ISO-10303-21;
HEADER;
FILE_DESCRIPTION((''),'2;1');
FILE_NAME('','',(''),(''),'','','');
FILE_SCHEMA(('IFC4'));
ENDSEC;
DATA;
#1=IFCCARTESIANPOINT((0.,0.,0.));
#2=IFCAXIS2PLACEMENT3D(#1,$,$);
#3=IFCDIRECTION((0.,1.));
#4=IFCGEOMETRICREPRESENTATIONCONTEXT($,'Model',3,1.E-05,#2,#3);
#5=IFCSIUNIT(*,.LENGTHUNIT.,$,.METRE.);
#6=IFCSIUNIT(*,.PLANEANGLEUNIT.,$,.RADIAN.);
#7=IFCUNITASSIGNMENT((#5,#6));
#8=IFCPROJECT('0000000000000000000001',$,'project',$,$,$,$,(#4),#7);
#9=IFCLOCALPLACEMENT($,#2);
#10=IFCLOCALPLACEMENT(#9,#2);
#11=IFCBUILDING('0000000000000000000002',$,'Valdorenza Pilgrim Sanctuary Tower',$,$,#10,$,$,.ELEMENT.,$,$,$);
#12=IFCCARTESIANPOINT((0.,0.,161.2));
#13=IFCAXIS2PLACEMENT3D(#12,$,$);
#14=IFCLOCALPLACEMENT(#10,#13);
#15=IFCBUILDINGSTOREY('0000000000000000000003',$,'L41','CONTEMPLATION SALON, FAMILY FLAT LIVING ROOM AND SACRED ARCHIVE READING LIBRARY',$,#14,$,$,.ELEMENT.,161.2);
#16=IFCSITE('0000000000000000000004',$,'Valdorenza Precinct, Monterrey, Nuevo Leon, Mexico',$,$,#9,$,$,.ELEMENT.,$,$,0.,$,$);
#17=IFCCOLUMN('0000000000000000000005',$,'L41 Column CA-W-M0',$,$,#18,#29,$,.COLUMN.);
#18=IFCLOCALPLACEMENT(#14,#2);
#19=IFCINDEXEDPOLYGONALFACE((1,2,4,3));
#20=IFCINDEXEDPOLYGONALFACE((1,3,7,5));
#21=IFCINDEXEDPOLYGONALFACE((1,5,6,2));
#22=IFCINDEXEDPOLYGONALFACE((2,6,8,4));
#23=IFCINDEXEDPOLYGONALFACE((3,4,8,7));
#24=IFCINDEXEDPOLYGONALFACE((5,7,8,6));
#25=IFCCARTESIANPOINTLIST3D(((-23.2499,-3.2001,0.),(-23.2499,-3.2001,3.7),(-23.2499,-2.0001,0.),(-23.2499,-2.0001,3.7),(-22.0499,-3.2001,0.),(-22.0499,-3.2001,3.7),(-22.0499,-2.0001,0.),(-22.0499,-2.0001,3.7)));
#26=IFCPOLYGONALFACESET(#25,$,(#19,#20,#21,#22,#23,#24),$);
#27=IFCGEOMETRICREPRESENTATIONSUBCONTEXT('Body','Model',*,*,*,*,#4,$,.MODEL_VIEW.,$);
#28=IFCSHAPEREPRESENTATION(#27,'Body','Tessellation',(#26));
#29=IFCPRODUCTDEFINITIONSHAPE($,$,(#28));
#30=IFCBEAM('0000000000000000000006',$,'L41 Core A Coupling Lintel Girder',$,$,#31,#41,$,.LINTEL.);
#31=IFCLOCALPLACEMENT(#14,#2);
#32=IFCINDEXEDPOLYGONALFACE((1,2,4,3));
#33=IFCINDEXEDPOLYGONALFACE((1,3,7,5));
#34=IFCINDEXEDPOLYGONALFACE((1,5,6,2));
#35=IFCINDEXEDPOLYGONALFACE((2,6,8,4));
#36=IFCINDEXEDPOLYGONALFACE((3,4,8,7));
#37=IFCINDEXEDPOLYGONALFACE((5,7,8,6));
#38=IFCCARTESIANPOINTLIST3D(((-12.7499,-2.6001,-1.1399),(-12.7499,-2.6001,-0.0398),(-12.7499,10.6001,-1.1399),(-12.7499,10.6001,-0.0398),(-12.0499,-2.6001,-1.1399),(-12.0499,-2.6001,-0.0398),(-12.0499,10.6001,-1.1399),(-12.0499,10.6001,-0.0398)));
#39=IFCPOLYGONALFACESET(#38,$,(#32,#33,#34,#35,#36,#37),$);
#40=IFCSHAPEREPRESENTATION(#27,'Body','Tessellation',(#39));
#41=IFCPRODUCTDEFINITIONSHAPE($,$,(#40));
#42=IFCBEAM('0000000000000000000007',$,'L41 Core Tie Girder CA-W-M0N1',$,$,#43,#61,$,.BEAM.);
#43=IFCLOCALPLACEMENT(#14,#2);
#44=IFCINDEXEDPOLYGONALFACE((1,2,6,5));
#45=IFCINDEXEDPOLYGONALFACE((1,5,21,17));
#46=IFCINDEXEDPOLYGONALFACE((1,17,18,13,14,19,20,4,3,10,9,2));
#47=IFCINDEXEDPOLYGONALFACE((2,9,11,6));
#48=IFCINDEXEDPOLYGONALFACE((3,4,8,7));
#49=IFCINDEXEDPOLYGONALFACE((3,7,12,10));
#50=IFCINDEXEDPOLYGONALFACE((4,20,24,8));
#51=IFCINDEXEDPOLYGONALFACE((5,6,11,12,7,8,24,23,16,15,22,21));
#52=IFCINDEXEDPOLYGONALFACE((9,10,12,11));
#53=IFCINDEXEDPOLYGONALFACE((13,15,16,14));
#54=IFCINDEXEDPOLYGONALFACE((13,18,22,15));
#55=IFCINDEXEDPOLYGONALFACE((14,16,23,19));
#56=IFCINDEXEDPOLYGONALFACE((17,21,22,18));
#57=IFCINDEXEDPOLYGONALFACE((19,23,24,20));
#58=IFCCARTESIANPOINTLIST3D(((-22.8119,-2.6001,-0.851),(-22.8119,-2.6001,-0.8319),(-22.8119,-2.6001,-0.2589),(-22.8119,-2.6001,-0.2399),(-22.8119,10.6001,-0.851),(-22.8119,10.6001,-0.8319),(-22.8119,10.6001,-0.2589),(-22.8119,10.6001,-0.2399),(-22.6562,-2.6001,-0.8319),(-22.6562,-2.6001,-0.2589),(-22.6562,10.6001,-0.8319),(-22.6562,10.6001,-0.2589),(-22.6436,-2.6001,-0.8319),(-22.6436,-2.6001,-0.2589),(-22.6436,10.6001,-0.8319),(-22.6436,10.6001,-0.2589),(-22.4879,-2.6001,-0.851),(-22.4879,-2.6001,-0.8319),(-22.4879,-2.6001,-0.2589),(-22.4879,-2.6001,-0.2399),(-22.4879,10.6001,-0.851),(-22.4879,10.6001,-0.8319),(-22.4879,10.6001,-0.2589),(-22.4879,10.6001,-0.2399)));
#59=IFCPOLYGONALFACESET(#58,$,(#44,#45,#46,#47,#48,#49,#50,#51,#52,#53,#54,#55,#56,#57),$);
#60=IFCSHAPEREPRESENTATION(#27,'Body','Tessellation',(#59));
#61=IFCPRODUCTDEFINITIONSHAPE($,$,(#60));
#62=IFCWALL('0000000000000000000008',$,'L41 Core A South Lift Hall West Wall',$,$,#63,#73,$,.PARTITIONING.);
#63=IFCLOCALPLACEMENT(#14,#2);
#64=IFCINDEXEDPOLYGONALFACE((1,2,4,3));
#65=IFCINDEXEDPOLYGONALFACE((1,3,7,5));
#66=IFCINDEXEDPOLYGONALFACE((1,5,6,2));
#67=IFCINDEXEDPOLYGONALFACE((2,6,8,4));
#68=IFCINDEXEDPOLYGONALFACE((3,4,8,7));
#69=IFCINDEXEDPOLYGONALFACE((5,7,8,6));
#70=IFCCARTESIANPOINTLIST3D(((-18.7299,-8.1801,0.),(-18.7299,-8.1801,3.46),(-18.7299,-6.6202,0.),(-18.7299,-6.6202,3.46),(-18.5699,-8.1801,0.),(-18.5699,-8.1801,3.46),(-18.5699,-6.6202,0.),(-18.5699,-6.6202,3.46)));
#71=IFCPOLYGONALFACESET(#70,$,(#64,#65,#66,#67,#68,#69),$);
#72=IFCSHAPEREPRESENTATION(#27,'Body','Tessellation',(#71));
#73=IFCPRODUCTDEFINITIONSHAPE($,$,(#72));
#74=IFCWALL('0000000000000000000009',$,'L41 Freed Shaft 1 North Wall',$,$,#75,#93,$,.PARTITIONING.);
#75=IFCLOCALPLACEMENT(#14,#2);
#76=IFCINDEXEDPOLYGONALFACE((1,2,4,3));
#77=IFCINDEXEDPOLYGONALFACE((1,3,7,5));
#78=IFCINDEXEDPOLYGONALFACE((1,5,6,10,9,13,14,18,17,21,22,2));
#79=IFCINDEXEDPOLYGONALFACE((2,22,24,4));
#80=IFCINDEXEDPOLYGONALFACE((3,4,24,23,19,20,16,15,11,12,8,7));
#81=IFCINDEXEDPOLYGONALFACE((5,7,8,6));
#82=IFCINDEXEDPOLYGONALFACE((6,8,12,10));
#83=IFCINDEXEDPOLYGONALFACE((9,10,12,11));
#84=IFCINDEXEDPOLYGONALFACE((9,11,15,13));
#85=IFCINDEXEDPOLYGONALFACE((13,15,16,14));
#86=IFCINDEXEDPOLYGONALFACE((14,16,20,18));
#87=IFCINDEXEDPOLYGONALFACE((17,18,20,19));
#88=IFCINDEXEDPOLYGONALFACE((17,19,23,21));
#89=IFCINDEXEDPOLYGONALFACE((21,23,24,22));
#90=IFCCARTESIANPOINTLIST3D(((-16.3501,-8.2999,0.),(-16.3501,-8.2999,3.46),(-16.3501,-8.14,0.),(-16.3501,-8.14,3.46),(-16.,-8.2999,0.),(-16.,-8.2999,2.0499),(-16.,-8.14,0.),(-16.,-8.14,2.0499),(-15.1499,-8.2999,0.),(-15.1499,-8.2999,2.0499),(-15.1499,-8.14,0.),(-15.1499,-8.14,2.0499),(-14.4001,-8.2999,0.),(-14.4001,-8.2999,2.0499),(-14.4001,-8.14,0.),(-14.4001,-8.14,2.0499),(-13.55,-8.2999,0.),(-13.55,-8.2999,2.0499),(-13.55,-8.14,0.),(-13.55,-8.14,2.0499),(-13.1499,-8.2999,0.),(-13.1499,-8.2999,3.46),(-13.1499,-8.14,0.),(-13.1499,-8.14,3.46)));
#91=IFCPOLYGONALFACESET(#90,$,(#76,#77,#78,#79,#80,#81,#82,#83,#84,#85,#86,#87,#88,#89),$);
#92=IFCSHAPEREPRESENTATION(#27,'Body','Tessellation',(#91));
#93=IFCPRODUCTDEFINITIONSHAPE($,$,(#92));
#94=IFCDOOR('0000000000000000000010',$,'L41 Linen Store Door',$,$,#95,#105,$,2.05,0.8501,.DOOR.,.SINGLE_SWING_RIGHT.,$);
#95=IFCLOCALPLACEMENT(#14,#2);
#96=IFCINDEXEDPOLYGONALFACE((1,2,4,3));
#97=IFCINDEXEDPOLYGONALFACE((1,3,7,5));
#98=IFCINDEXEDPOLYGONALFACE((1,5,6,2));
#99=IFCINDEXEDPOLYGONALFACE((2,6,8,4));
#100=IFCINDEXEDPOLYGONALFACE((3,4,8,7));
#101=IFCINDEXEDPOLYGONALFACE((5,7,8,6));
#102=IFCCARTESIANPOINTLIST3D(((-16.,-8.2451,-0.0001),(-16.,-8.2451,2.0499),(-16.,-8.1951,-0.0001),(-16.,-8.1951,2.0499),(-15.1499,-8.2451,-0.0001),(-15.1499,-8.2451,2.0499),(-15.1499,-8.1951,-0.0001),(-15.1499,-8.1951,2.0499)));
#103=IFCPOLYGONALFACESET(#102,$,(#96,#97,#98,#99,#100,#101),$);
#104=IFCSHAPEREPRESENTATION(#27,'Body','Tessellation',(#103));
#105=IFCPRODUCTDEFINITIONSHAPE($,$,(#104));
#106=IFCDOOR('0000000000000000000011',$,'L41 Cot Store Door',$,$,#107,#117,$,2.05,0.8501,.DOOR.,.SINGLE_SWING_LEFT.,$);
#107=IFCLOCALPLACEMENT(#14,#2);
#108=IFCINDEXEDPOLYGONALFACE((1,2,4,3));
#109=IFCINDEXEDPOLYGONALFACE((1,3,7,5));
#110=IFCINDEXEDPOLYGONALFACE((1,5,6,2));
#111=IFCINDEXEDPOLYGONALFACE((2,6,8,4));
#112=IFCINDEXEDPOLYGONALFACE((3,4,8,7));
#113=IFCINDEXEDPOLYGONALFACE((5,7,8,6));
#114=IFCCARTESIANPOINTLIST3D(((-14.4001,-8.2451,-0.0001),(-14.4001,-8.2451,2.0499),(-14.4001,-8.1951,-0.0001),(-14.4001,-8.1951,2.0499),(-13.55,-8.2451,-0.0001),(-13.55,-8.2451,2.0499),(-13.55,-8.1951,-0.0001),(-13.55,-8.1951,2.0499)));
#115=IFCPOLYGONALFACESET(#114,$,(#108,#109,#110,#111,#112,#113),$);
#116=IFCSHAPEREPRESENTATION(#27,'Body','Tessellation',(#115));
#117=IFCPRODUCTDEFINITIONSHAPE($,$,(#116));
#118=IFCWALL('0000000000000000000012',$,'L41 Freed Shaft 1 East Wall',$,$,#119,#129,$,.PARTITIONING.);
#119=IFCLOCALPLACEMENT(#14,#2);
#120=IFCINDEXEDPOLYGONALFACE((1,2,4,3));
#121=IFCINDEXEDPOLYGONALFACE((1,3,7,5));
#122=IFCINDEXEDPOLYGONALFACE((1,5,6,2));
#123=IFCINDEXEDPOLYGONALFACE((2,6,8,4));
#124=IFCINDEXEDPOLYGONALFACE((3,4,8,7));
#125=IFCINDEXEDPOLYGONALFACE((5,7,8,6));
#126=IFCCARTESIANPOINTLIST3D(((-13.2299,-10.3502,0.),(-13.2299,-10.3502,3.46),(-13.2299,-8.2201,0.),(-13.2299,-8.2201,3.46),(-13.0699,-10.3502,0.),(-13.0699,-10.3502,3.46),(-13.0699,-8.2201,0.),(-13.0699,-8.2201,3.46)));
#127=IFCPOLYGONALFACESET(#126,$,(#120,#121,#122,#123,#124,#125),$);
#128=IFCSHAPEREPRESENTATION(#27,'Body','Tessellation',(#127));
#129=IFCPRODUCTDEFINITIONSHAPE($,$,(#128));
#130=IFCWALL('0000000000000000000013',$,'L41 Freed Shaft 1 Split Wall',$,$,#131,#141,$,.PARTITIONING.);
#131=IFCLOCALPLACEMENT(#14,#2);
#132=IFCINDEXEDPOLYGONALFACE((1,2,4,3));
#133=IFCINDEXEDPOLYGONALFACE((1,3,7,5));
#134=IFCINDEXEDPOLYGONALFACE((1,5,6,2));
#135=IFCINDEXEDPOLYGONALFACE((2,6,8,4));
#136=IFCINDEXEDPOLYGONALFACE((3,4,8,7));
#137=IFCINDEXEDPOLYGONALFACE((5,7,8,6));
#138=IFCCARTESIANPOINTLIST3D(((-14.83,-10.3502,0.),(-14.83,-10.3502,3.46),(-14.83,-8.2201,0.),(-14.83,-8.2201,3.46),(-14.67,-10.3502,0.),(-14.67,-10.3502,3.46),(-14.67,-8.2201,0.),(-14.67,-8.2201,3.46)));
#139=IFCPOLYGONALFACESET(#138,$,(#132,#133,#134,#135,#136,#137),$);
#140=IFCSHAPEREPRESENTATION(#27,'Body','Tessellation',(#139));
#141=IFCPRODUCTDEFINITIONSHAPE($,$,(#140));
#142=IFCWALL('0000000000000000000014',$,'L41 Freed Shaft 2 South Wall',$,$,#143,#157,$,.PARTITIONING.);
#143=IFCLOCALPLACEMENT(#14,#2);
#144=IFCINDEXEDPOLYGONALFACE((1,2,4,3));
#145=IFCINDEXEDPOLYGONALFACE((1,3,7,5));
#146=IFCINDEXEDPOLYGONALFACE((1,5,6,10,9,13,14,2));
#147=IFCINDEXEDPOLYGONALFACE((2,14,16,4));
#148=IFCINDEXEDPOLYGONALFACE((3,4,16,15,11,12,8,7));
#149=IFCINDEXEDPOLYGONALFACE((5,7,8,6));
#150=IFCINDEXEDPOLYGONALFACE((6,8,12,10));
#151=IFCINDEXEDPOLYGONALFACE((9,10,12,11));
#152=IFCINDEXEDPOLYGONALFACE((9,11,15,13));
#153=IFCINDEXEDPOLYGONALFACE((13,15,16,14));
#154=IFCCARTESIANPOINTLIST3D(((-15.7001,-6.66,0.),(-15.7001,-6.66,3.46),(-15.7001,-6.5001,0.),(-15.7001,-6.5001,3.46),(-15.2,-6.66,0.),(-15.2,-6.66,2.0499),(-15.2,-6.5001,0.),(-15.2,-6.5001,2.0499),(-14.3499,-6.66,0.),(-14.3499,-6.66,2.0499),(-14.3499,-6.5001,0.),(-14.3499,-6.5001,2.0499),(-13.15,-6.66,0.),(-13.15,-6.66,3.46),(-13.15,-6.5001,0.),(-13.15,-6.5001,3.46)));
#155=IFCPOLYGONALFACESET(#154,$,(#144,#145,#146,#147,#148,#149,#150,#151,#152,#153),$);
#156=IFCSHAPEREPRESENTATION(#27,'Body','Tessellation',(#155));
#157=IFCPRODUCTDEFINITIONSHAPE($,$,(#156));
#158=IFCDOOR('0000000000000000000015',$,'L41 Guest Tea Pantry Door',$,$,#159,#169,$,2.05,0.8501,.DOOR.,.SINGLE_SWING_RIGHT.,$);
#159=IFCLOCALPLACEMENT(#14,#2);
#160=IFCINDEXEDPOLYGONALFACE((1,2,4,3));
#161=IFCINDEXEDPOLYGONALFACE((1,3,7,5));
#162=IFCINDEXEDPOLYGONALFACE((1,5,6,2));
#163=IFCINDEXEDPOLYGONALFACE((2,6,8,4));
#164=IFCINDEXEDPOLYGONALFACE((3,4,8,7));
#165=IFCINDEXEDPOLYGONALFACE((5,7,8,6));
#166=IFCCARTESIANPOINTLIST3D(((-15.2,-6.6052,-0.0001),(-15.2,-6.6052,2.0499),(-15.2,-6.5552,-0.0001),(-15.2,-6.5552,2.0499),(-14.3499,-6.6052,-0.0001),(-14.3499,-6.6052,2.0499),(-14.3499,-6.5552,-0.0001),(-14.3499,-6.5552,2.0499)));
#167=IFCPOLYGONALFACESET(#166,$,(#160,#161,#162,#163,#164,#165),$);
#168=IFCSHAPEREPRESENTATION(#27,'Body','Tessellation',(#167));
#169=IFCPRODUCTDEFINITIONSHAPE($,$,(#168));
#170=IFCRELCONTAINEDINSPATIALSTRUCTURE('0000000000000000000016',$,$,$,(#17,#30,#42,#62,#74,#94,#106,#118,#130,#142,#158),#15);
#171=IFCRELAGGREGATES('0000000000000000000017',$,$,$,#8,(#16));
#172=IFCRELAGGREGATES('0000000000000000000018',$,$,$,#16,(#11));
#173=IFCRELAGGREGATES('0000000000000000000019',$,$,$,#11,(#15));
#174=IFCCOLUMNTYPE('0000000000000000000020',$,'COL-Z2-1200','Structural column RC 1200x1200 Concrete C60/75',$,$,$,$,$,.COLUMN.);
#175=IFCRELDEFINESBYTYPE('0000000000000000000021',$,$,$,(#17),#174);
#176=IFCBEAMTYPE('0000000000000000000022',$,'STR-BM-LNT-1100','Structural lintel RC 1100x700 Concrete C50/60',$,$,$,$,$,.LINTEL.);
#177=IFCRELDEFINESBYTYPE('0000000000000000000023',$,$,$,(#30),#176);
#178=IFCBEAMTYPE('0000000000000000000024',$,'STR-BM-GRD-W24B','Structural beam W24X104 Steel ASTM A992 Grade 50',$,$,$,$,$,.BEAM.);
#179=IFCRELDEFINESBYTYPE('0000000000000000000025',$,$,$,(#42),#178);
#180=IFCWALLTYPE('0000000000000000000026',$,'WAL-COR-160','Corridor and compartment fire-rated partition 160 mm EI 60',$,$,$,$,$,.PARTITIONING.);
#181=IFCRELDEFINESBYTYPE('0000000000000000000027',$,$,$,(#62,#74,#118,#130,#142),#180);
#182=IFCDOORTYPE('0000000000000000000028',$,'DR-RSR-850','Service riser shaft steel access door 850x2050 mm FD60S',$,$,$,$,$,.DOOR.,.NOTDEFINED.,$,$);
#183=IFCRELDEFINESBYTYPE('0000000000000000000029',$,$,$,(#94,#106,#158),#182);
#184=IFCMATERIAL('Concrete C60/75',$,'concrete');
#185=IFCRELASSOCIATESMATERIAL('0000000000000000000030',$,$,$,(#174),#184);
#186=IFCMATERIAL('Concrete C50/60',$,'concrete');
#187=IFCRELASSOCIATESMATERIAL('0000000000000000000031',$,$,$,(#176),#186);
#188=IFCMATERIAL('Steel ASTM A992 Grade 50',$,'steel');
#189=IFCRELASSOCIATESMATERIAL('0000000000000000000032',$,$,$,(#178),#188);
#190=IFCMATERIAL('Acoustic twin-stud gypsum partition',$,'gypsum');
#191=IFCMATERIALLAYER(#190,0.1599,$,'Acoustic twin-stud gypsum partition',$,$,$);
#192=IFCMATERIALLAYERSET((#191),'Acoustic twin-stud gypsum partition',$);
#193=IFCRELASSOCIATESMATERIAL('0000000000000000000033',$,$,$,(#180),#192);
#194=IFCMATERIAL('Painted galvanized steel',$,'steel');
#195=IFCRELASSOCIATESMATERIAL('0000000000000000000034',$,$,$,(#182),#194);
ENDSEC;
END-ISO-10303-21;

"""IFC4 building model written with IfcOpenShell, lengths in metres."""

from ifc_helpers import new_model, si_unit, direction, frame, frame_2d, origin, origin_2d, place, context, subcontext, project, spatial, rectangle, i_section, extrude, source, transform, mapped, material, layer, layer_set, material_profile, profile_set, type_object, element, fill, save


model = new_model("IFC4")

# Units and contexts
model_context = context("Model", 3, precision=1e-05, world=origin(), true_north=direction((0.0, 1.0)))
body_context = subcontext(model_context, "Body", "Model", "MODEL_VIEW")
ifc_project = project(units=[si_unit("LENGTHUNIT", "METRE"), si_unit("PLANEANGLEUNIT", "RADIAN")], contexts=[model_context])

# Site, building, storey
site_placement = place(None, origin())
site = spatial("IfcSite", under=ifc_project, at=site_placement, Name="Valdorenza Precinct, Monterrey, Nuevo Leon, Mexico", CompositionType="ELEMENT", RefElevation=0.0)
building_placement = place(site_placement, origin())
building = spatial("IfcBuilding", under=site, at=building_placement, Name="Valdorenza Pilgrim Sanctuary Tower", CompositionType="ELEMENT")
storey_placement = place(building_placement, frame((0.0, 0.0, 161.2)))
storey = spatial("IfcBuildingStorey", under=building, at=storey_placement, Name="L41", Description="CONTEMPLATION SALON, FAMILY FLAT LIVING ROOM AND SACRED ARCHIVE READING LIBRARY", CompositionType="ELEMENT", Elevation=161.2)

# Column
ifc_material_1 = material(Name="Concrete C60/75", Category="concrete")
ifc_material_profile_1 = material_profile(ifc_material_1, rectangle(XDim=1.2, YDim=1.2, at=origin_2d()), Name="RC 1200x1200")
ifc_profile_set_1 = profile_set([ifc_material_profile_1], Name="Concrete C60/75")
column_type = type_object("IfcColumnType", Name="COL-Z2-1200", Description="Structural column RC 1200x1200 Concrete C60/75", PredefinedType="COLUMN", material=ifc_profile_set_1)
shared_shape_1 = source(origin(), body_context, "Body", "SweptSolid", [
    extrude(rectangle(XDim=1.2, YDim=1.2, at=origin_2d()), origin(), (0.0, 0.0, 1.0), 3.7),
])
column_placement = place(storey_placement, frame((-22.6499, -2.6001, 0.0), z_axis=(0.0, 0.0, 1.0), x_axis=(1.0, 0.0, 0.0)))
element("IfcColumn", 1, at=column_placement, inside=storey, type_object=column_type, Name="L41 Column CA-W-M0", PredefinedType="COLUMN", context=body_context, shape_type="MappedRepresentation", body=[
    mapped(shared_shape_1, transform((0.0, 0.0, 0.0), x_axis=(1.0, 0.0, 0.0), y_axis=(0.0, 1.0, 0.0), z_axis=(0.0, 0.0, 1.0), scale=1.0)),
])

# Beams
ifc_material_2 = material(Name="Concrete C50/60", Category="concrete")
ifc_material_profile_2 = material_profile(ifc_material_2, rectangle(XDim=0.7, YDim=1.1001, at=origin_2d()), Name="RC 1100x700")
ifc_profile_set_2 = profile_set([ifc_material_profile_2], Name="Concrete C50/60")
beam_type_1 = type_object("IfcBeamType", Name="STR-BM-LNT-1100", Description="Structural lintel RC 1100x700 Concrete C50/60", PredefinedType="LINTEL", material=ifc_profile_set_2)
shared_shape_2 = source(origin(), body_context, "Body", "SweptSolid", [
    extrude(rectangle(XDim=0.7, YDim=1.1001, at=origin_2d()), origin(), (0.0, 0.0, 1.0), 13.2002),
])
beam_1_placement = place(storey_placement, frame((-12.3999, -2.6001, -0.5898), z_axis=(0.0, 1.0, 0.0), x_axis=(-1.0, 0.0, 0.0)))
element("IfcBeam", 2, at=beam_1_placement, inside=storey, type_object=beam_type_1, Name="L41 Core A Coupling Lintel Girder", PredefinedType="LINTEL", context=body_context, shape_type="MappedRepresentation", body=[
    mapped(shared_shape_2, transform((0.0, 0.0, 0.0), x_axis=(1.0, 0.0, 0.0), y_axis=(0.0, 1.0, 0.0), z_axis=(0.0, 0.0, 1.0), scale=1.0)),
])
ifc_material_3 = material(Name="Steel ASTM A992 Grade 50", Category="steel")
ifc_material_profile_3 = material_profile(ifc_material_3, i_section(OverallWidth=0.324, OverallDepth=0.6111, WebThickness=0.0127, FlangeThickness=0.019, at=origin_2d()), Name="W24X104")
ifc_profile_set_3 = profile_set([ifc_material_profile_3], Name="Steel ASTM A992 Grade 50")
beam_type_2 = type_object("IfcBeamType", Name="STR-BM-GRD-W24B", Description="Structural beam W24X104 Steel ASTM A992 Grade 50", PredefinedType="BEAM", material=ifc_profile_set_3)
shared_shape_3 = source(origin(), body_context, "Body", "SweptSolid", [
    extrude(i_section(OverallWidth=0.324, OverallDepth=0.6111, WebThickness=0.0127, FlangeThickness=0.019, at=origin_2d()), origin(), (0.0, 0.0, 1.0), 13.2002),
])
beam_2_placement = place(storey_placement, frame((-22.6499, -2.6001, -0.5454), z_axis=(0.0, 1.0, 0.0), x_axis=(-1.0, 0.0, 0.0)))
element("IfcBeam", 3, at=beam_2_placement, inside=storey, type_object=beam_type_2, Name="L41 Core Tie Girder CA-W-M0N1", PredefinedType="BEAM", context=body_context, shape_type="MappedRepresentation", body=[
    mapped(shared_shape_3, transform((0.0, 0.0, 0.0), x_axis=(1.0, 0.0, 0.0), y_axis=(0.0, 1.0, 0.0), z_axis=(0.0, 0.0, 1.0), scale=1.0)),
])

# Wall
ifc_material_4 = material(Name="Acoustic twin-stud gypsum partition", Category="gypsum")
ifc_layer_1 = layer(ifc_material_4, 0.1599, Name="Acoustic twin-stud gypsum partition")
ifc_layer_set_1 = layer_set([ifc_layer_1], Name="Acoustic twin-stud gypsum partition")
wall_type_1 = type_object("IfcWallType", Name="WAL-COR-160", Description="Corridor and compartment fire-rated partition 160 mm EI 60", PredefinedType="PARTITIONING", material=ifc_layer_set_1)
wall_1_placement = place(storey_placement, frame((-18.6499, -8.1799, 0.0), z_axis=(0.0, 0.0, 1.0), x_axis=(0.0, 1.0, 0.0)))
element("IfcWall", 4, at=wall_1_placement, inside=storey, type_object=wall_type_1, Name="L41 Core A South Lift Hall West Wall", PredefinedType="PARTITIONING", context=body_context, shape_type="SweptSolid", body=[
    extrude(rectangle(XDim=1.5598, YDim=0.1599, at=frame_2d((0.7798, 0.0))), origin(), (0.0, 0.0, 1.0), 3.46),
])

# Wall, openings, doors
wall_2_placement = place(storey_placement, frame((-16.3501, -8.22, 0.0), z_axis=(0.0, 0.0, 1.0), x_axis=(1.0, 0.0, 0.0)))
wall_2 = element("IfcWall", 5, at=wall_2_placement, inside=storey, type_object=wall_type_1, Name="L41 Freed Shaft 1 North Wall", PredefinedType="PARTITIONING", context=body_context, shape_type="SweptSolid", body=[
    extrude(rectangle(XDim=3.2002, YDim=0.1599, at=frame_2d((1.6001, 0.0))), origin(), (0.0, 0.0, 1.0), 3.46),
])
opening_1_placement = place(wall_2_placement, frame((0.3501, 0.0, 0.0)))
opening_1 = element("IfcOpeningElement", 6, at=opening_1_placement, cuts=wall_2, PredefinedType="OPENING", context=body_context, shape_type="SweptSolid", body=[
    extrude(rectangle(XDim=0.8501, YDim=2.05, at=frame_2d((0.425, 1.0249))), frame((0.0, 0.0947, 0.0), z_axis=(0.0, -1.0, 0.0), x_axis=(1.0, 0.0, 0.0)), (0.0, 0.0, 1.0), 0.1897),
])
opening_2_placement = place(wall_2_placement, frame((1.95, 0.0, 0.0)))
opening_2 = element("IfcOpeningElement", 7, at=opening_2_placement, cuts=wall_2, PredefinedType="OPENING", context=body_context, shape_type="SweptSolid", body=[
    extrude(rectangle(XDim=0.8501, YDim=2.05, at=frame_2d((0.425, 1.0249))), frame((0.0, 0.0947, 0.0), z_axis=(0.0, -1.0, 0.0), x_axis=(1.0, 0.0, 0.0)), (0.0, 0.0, 1.0), 0.1897),
])
ifc_material_5 = material(Name="Painted galvanized steel", Category="steel")
door_type_1 = type_object("IfcDoorType", Name="DR-RSR-850", Description="Service riser shaft steel access door 850x2050 mm FD60S", OperationType="NOTDEFINED", PredefinedType="DOOR", material=ifc_material_5)
door_1_placement = place(opening_1_placement, origin())
door_1 = element("IfcDoor", 8, at=door_1_placement, inside=storey, type_object=door_type_1, Name="L41 Linen Store Door", OperationType="SINGLE_SWING_RIGHT", OverallHeight=2.05, OverallWidth=0.8501, PredefinedType="DOOR", context=body_context, shape_type="SweptSolid", body=[
    extrude(rectangle(XDim=0.8501, YDim=2.05, at=frame_2d((0.425, 1.0249))), frame((0.0, 0.0249, 0.0), z_axis=(0.0, -1.0, 0.0), x_axis=(1.0, 0.0, 0.0)), (0.0, 0.0, 1.0), 0.05),
])
fill(opening_1, door_1)
door_2_placement = place(opening_2_placement, origin())
door_2 = element("IfcDoor", 9, at=door_2_placement, inside=storey, type_object=door_type_1, Name="L41 Cot Store Door", OperationType="SINGLE_SWING_LEFT", OverallHeight=2.05, OverallWidth=0.8501, PredefinedType="DOOR", context=body_context, shape_type="SweptSolid", body=[
    extrude(rectangle(XDim=0.8501, YDim=2.05, at=frame_2d((0.425, 1.0249))), frame((0.0, 0.0249, 0.0), z_axis=(0.0, -1.0, 0.0), x_axis=(1.0, 0.0, 0.0)), (0.0, 0.0, 1.0), 0.05),
])
fill(opening_2, door_2)

# Walls
for number, where, z_axis, x_axis, name in (
    (10, (-13.1499, -10.3501, 0.0), (0.0, 0.0, 1.0), (0.0, 1.0, 0.0), "L41 Freed Shaft 1 East Wall"),
    (11, (-14.75, -10.3501, 0.0), (0.0, 0.0, 1.0), (0.0, 1.0, 0.0), "L41 Freed Shaft 1 Split Wall"),
):
    element("IfcWall", number, at=place(storey_placement, frame(where, z_axis=z_axis, x_axis=x_axis)), inside=storey, type_object=wall_type_1, Name=name, PredefinedType="PARTITIONING", context=body_context, shape_type="SweptSolid", body=[
        extrude(rectangle(XDim=2.1301, YDim=0.1599, at=frame_2d((1.0649, 0.0))), origin(), (0.0, 0.0, 1.0), 3.46),
    ])

# Wall, opening, door
wall_3_placement = place(storey_placement, frame((-15.7, -6.5801, 0.0), z_axis=(0.0, 0.0, 1.0), x_axis=(1.0, 0.0, 0.0)))
wall_3 = element("IfcWall", 12, at=wall_3_placement, inside=storey, type_object=wall_type_1, Name="L41 Freed Shaft 2 South Wall", PredefinedType="PARTITIONING", context=body_context, shape_type="SweptSolid", body=[
    extrude(rectangle(XDim=2.55, YDim=0.1599, at=frame_2d((1.2749, 0.0))), origin(), (0.0, 0.0, 1.0), 3.46),
])
opening_3_placement = place(wall_3_placement, frame((0.5, 0.0, 0.0)))
opening_3 = element("IfcOpeningElement", 13, at=opening_3_placement, cuts=wall_3, PredefinedType="OPENING", context=body_context, shape_type="SweptSolid", body=[
    extrude(rectangle(XDim=0.8501, YDim=2.05, at=frame_2d((0.425, 1.0249))), frame((0.0, 0.0947, 0.0), z_axis=(0.0, -1.0, 0.0), x_axis=(1.0, 0.0, 0.0)), (0.0, 0.0, 1.0), 0.1897),
])
door_3_placement = place(opening_3_placement, origin())
door_3 = element("IfcDoor", 14, at=door_3_placement, inside=storey, type_object=door_type_1, Name="L41 Guest Tea Pantry Door", OperationType="SINGLE_SWING_RIGHT", OverallHeight=2.05, OverallWidth=0.8501, PredefinedType="DOOR", context=body_context, shape_type="SweptSolid", body=[
    extrude(rectangle(XDim=0.8501, YDim=2.05, at=frame_2d((0.425, 1.0249))), frame((0.0, 0.0249, 0.0), z_axis=(0.0, -1.0, 0.0), x_axis=(1.0, 0.0, 0.0)), (0.0, 0.0, 1.0), 0.05),
])
fill(opening_3, door_3)

save(model, "model.ifc")
